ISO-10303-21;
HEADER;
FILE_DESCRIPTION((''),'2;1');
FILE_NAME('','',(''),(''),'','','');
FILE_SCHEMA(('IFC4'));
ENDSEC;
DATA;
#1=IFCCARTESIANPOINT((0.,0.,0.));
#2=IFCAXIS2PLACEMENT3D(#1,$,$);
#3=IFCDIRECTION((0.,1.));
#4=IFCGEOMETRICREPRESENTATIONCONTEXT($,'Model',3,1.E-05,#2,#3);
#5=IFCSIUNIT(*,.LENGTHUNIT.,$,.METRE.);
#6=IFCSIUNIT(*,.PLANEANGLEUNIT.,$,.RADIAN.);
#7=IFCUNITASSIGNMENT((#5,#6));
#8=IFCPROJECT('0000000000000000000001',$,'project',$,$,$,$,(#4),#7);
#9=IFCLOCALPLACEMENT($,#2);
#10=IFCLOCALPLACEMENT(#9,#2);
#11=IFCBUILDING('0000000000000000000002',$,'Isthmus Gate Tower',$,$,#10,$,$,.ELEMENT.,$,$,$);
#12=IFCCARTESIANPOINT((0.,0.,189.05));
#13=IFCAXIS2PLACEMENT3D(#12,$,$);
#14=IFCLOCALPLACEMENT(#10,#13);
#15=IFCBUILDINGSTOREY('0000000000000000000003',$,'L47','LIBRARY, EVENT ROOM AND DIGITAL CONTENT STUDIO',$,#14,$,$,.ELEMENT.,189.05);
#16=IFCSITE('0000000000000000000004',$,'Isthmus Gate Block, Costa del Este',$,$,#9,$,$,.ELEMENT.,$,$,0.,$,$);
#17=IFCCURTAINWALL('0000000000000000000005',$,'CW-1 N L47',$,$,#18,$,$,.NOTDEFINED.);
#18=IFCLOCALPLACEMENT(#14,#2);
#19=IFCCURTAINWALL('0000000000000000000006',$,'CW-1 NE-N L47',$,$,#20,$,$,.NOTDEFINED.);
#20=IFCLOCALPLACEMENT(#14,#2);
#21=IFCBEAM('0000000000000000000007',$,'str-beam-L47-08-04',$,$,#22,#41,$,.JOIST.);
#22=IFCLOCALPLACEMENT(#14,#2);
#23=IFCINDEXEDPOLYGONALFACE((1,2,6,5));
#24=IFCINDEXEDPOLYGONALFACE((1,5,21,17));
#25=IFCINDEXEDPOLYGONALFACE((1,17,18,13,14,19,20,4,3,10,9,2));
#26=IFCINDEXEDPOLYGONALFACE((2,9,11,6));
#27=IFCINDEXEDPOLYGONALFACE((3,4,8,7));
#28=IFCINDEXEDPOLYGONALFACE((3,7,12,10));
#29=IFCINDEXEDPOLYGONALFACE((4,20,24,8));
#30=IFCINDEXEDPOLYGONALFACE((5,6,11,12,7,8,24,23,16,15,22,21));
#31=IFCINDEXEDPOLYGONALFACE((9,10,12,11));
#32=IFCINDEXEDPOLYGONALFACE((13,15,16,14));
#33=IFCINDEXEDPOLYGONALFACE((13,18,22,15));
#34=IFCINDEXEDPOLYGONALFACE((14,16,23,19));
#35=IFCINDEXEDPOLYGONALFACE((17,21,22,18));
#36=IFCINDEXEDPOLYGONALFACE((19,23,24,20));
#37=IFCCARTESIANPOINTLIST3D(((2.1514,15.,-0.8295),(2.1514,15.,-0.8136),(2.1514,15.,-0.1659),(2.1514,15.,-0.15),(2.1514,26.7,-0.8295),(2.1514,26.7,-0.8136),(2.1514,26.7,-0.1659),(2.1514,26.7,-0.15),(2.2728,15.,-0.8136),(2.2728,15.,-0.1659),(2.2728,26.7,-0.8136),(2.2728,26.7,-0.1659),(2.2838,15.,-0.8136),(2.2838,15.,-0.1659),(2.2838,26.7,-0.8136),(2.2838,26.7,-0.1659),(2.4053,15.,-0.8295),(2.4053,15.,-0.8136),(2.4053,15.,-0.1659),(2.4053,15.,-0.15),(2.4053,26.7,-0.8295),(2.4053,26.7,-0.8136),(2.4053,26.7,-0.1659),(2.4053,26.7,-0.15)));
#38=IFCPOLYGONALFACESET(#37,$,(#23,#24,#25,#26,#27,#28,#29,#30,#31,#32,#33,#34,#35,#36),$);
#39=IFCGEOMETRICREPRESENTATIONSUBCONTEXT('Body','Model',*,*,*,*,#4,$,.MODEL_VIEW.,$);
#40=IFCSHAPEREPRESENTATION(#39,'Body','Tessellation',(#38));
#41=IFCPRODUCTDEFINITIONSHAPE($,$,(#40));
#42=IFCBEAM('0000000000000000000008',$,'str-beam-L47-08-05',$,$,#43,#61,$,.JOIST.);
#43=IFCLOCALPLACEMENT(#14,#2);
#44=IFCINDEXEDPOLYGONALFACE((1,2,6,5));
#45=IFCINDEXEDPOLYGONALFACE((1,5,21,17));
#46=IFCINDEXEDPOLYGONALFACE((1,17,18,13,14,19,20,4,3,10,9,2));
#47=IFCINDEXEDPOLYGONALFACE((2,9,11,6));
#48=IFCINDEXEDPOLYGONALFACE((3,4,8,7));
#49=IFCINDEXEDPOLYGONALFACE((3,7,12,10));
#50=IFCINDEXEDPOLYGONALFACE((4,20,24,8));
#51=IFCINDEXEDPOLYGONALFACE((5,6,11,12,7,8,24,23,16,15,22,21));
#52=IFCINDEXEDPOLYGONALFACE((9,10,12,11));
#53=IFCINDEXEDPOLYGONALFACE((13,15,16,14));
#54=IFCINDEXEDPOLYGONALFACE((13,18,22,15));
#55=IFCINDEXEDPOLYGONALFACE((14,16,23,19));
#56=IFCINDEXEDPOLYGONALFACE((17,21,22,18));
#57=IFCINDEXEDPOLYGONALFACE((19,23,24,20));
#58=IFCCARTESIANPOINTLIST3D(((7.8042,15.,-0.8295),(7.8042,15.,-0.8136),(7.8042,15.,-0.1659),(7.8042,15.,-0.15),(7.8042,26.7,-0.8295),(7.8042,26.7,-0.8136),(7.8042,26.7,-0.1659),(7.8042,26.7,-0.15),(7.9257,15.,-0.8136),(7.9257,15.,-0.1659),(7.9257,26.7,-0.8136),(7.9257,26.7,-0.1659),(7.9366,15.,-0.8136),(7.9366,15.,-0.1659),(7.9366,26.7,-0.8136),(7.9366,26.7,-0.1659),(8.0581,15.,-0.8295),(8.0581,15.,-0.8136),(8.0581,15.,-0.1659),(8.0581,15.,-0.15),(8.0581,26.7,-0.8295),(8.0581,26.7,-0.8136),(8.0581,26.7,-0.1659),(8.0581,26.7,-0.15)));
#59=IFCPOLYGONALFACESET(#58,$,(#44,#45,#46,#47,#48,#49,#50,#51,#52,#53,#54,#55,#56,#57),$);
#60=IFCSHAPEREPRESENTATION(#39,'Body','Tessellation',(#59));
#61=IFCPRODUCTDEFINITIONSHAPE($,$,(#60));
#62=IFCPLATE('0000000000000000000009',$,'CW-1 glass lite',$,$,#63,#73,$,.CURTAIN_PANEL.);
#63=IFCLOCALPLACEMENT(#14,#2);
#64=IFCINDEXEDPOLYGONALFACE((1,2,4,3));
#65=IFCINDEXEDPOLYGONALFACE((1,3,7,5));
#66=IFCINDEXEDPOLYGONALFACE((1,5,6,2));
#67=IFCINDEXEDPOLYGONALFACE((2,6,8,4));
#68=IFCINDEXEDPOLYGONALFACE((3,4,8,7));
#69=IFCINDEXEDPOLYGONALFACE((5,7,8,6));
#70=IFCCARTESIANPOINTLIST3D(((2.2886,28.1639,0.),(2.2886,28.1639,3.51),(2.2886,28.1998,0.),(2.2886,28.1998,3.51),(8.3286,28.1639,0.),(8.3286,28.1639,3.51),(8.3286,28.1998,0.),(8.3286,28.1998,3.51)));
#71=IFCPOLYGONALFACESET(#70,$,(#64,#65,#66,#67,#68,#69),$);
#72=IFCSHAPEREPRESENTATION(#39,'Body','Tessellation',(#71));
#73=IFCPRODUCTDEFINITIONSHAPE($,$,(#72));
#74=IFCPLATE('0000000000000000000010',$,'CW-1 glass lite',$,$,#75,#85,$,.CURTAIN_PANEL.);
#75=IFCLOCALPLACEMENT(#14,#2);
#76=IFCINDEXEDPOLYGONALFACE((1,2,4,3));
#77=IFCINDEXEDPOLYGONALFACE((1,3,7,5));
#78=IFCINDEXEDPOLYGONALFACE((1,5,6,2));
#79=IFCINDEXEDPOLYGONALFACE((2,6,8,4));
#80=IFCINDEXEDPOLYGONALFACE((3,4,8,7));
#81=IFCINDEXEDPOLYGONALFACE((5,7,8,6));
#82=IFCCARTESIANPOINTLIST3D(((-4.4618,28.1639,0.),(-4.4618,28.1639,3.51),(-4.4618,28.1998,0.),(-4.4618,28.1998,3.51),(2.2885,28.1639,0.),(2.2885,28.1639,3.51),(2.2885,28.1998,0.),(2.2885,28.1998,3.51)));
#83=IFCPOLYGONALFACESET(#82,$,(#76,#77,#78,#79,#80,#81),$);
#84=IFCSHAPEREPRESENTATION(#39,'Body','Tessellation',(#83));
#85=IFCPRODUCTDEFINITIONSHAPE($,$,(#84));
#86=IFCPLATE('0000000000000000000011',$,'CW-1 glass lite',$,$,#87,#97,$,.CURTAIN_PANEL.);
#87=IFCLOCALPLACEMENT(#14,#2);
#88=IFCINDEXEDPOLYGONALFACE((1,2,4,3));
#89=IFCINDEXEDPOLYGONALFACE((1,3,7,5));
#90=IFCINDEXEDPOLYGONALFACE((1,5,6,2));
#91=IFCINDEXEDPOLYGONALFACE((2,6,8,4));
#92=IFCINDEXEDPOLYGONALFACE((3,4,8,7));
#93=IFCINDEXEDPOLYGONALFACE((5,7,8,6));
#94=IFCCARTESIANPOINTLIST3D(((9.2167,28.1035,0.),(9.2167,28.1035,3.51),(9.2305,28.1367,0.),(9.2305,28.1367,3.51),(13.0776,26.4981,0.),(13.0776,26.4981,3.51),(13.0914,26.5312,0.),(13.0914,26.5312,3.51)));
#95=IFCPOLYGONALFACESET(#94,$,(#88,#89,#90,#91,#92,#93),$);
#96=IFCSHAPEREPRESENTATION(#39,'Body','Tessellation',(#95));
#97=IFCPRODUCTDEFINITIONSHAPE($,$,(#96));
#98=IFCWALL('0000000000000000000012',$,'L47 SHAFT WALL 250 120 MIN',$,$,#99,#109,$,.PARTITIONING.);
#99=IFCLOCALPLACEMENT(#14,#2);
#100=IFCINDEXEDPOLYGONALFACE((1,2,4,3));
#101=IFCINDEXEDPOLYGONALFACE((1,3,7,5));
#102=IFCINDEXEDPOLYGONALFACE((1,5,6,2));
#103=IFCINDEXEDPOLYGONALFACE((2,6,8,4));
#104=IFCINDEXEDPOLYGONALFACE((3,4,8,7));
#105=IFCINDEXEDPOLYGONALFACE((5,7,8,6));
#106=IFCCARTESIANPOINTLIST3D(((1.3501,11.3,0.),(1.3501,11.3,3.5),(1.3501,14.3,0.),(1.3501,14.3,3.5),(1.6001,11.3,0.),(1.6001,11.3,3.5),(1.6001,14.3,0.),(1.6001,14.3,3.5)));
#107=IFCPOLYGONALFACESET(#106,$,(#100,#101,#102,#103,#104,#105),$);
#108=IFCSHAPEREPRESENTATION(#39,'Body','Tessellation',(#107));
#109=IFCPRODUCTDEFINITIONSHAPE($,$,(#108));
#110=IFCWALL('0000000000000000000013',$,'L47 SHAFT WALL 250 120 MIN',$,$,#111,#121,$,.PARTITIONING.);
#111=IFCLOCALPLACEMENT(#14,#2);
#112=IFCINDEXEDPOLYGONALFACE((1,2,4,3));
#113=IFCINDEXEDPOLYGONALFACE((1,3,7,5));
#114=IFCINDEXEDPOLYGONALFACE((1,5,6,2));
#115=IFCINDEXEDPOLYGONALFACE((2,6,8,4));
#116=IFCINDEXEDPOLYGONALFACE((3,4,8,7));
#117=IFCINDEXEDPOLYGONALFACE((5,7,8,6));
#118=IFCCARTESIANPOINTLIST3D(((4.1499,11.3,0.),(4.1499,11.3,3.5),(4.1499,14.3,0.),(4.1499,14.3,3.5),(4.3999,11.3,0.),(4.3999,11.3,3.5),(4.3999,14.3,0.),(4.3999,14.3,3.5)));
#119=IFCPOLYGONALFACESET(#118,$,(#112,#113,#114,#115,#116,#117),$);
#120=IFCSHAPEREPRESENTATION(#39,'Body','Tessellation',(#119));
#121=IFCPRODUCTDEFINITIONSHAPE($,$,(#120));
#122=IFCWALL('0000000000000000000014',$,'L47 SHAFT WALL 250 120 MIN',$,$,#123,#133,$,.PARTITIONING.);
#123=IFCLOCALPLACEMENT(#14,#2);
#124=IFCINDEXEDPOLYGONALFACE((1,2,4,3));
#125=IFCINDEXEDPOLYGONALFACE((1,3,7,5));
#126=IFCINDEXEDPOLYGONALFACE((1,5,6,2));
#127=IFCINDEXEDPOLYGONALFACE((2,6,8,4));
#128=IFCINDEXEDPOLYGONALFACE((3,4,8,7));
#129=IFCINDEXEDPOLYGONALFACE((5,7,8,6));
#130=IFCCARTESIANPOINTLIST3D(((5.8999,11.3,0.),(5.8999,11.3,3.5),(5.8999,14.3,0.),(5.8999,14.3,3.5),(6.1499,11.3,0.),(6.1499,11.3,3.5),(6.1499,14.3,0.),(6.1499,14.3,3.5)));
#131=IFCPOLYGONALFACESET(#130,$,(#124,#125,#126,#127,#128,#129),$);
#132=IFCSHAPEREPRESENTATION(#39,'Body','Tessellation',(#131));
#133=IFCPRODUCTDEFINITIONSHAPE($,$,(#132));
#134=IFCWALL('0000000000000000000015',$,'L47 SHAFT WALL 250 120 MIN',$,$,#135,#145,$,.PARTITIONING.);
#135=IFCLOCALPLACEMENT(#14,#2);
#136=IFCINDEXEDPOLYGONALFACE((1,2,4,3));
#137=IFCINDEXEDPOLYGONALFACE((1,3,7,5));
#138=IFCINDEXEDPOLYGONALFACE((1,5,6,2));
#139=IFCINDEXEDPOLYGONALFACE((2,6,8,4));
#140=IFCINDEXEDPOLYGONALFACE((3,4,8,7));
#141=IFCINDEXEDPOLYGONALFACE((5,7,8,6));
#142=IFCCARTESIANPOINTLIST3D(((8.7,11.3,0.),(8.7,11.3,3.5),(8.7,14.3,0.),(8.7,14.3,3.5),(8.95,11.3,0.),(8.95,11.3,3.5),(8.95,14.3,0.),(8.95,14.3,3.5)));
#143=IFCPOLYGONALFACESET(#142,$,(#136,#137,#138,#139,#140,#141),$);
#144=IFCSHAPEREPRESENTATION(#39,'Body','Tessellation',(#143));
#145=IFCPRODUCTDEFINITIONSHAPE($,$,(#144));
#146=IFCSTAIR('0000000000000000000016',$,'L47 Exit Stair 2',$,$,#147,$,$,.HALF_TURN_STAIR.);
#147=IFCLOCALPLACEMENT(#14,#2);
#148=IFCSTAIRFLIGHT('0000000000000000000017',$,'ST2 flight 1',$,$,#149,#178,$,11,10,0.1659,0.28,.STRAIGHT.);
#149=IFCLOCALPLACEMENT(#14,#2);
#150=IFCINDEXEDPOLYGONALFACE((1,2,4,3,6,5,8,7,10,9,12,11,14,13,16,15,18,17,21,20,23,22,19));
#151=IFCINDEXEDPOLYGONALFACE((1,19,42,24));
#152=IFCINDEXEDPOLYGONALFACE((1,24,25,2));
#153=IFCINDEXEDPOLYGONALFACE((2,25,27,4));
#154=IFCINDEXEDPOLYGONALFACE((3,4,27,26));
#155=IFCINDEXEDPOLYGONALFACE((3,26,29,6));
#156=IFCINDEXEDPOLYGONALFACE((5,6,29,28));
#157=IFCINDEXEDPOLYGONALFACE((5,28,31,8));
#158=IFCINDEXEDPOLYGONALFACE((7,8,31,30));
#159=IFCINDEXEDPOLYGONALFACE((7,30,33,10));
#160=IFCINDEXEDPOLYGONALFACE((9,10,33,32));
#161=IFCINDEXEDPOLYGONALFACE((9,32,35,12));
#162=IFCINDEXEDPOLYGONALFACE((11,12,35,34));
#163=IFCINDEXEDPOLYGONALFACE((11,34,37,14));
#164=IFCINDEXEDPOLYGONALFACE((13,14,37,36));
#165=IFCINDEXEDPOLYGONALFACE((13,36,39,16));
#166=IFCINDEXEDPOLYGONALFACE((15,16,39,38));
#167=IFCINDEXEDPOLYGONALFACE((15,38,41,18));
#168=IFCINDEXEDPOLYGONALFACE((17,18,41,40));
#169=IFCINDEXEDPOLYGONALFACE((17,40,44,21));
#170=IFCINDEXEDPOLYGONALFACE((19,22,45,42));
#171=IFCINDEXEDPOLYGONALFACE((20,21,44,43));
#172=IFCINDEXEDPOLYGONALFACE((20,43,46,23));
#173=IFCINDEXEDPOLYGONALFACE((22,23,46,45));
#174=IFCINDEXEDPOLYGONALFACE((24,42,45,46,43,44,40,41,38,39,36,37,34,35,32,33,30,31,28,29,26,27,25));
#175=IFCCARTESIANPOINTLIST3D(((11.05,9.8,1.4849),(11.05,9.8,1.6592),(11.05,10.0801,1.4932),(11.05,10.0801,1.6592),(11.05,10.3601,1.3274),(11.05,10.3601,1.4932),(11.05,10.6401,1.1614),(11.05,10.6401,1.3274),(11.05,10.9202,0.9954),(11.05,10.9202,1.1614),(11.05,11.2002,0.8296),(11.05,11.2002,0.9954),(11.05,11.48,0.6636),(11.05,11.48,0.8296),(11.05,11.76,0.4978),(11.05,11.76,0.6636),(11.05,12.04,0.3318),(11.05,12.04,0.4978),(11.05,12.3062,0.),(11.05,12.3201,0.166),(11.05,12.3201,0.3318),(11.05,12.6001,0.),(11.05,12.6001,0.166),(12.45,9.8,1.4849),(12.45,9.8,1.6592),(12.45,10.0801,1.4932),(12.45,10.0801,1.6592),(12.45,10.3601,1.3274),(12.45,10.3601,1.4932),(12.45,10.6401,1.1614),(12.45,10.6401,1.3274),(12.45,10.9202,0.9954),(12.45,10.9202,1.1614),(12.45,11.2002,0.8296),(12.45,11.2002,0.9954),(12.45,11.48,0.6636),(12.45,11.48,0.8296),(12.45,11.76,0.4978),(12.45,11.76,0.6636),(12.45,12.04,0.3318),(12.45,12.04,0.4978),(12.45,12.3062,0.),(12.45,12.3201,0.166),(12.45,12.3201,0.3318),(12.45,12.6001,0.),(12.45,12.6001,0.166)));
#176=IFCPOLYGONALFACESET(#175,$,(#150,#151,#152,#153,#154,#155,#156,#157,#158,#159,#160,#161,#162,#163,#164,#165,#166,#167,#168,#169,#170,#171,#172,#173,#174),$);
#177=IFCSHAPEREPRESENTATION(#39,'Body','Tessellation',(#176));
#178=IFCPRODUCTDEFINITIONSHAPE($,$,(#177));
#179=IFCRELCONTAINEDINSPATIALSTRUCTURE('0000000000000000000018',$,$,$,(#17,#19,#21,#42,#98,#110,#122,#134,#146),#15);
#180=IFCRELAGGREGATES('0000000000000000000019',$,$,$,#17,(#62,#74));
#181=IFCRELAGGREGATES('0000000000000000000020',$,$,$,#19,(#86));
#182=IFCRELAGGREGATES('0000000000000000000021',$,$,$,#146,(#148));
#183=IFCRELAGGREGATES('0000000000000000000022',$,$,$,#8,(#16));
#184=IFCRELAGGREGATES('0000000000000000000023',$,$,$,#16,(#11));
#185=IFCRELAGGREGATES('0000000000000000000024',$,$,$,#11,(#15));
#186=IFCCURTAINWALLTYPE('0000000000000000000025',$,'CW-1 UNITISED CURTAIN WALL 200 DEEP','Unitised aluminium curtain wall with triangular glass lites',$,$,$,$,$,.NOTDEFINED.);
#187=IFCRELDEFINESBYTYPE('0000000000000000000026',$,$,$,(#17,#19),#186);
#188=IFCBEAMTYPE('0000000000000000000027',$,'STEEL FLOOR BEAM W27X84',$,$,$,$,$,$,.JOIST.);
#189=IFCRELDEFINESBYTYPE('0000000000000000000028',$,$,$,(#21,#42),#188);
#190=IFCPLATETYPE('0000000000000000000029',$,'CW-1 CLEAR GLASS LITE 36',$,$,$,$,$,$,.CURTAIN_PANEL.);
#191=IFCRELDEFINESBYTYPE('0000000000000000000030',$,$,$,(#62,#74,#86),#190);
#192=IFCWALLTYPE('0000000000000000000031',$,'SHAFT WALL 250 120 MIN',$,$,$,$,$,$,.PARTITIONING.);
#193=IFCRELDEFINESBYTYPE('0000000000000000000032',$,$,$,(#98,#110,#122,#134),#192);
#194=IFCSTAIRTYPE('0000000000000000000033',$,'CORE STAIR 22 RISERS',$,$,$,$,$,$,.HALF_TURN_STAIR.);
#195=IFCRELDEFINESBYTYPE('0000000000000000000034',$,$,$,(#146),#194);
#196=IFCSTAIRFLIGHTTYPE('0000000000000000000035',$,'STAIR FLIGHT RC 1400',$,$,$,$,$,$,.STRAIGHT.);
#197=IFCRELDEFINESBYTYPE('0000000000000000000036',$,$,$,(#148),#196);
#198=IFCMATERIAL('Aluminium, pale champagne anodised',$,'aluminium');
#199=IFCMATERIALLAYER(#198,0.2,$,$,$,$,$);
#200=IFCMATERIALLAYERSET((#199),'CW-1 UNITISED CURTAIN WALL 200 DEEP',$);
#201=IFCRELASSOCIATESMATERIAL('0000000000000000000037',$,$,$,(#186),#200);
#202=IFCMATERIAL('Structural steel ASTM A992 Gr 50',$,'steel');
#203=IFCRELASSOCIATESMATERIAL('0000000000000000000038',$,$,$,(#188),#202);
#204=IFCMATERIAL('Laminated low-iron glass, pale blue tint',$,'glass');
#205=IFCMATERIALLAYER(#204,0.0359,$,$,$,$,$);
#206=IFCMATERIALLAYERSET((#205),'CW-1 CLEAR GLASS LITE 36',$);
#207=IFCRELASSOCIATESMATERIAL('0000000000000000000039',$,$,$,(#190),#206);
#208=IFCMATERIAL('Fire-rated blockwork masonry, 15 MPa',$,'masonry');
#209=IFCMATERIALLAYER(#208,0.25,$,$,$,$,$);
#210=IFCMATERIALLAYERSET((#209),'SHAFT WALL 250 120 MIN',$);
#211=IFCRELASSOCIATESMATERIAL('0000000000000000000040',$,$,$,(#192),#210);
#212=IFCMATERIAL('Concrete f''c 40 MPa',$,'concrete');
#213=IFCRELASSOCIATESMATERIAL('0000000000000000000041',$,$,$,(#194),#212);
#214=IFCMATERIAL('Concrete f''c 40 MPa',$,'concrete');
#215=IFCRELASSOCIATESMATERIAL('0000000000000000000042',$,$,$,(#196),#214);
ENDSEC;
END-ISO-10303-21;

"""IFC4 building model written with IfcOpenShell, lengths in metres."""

from ifc_helpers import new_model, si_unit, direction, frame, frame_2d, origin, origin_2d, place, context, subcontext, project, spatial, polyline, rectangle, i_section, outline, extrude, material, layer, layer_set, material_profile, profile_set, type_object, element, aggregate, save


model = new_model("IFC4")

# Units and contexts
model_context = context("Model", 3, precision=1e-05, world=origin(), true_north=direction((0.0, 1.0)))
body_context = subcontext(model_context, "Body", "Model", "MODEL_VIEW")
ifc_project = project(units=[si_unit("LENGTHUNIT", "METRE"), si_unit("PLANEANGLEUNIT", "RADIAN")], contexts=[model_context])

# Site, building, storey
site_placement = place(None, origin())
site = spatial("IfcSite", under=ifc_project, at=site_placement, Name="Isthmus Gate Block, Costa del Este", CompositionType="ELEMENT", RefElevation=0.0)
building_placement = place(site_placement, origin())
building = spatial("IfcBuilding", under=site, at=building_placement, Name="Isthmus Gate Tower", CompositionType="ELEMENT")
storey_placement = place(building_placement, frame((0.0, 0.0, 189.05)))
storey = spatial("IfcBuildingStorey", under=building, at=storey_placement, Name="L47", Description="LIBRARY, EVENT ROOM AND DIGITAL CONTENT STUDIO", CompositionType="ELEMENT", Elevation=189.05)

# Curtain walls
ifc_material_1 = material(Name="Aluminium, pale champagne anodised", Category="aluminium")
ifc_layer_1 = layer(ifc_material_1, 0.2)
ifc_layer_set_1 = layer_set([ifc_layer_1], Name="CW-1 UNITISED CURTAIN WALL 200 DEEP")
curtain_wall_type = type_object("IfcCurtainWallType", Name="CW-1 UNITISED CURTAIN WALL 200 DEEP", Description="Unitised aluminium curtain wall with triangular glass lites", PredefinedType="NOTDEFINED", material=ifc_layer_set_1)
curtain_wall_1_placement = place(storey_placement, origin())
curtain_wall_1 = element("IfcCurtainWall", 1, at=curtain_wall_1_placement, inside=storey, type_object=curtain_wall_type, Name="CW-1 N L47", PredefinedType="NOTDEFINED")
curtain_wall_2_placement = place(storey_placement, origin())
curtain_wall_2 = element("IfcCurtainWall", 2, at=curtain_wall_2_placement, inside=storey, type_object=curtain_wall_type, Name="CW-1 NE-N L47", PredefinedType="NOTDEFINED")

# Beams
ifc_material_2 = material(Name="Structural steel ASTM A992 Gr 50", Category="steel")
ifc_material_profile_1 = material_profile(ifc_material_2, i_section(OverallWidth=0.2539, OverallDepth=0.6794, WebThickness=0.011, FlangeThickness=0.0159, at=origin_2d()), Name="W27X84")
ifc_profile_set_1 = profile_set([ifc_material_profile_1], Name="Structural steel ASTM A992 Gr 50")
beam_type_1 = type_object("IfcBeamType", Name="STEEL FLOOR BEAM W27X84", PredefinedType="JOIST", material=ifc_profile_set_1)
for number, where, z_axis, x_axis, name in (
    (3, (2.2783, 15.0, -0.4897), (0.0, 1.0, 0.0), (-1.0, 0.0, 0.0), "str-beam-L47-08-04"),
    (4, (7.9312, 15.0, -0.4897), (0.0, 1.0, 0.0), (-1.0, 0.0, 0.0), "str-beam-L47-08-05"),
):
    element("IfcBeam", number, at=place(storey_placement, frame(where, z_axis=z_axis, x_axis=x_axis)), inside=storey, type_object=beam_type_1, Name=name, PredefinedType="JOIST", context=body_context, shape_type="SweptSolid", body=[
        extrude(i_section(OverallWidth=0.2539, OverallDepth=0.6794, WebThickness=0.011, FlangeThickness=0.0159, at=origin_2d()), origin(), (0.0, 0.0, 1.0), 11.7),
    ])

# Plates
ifc_material_3 = material(Name="Laminated low-iron glass, pale blue tint", Category="glass")
ifc_layer_2 = layer(ifc_material_3, 0.0359)
ifc_layer_set_2 = layer_set([ifc_layer_2], Name="CW-1 CLEAR GLASS LITE 36")
plate_type = type_object("IfcPlateType", Name="CW-1 CLEAR GLASS LITE 36", PredefinedType="CURTAIN_PANEL", material=ifc_layer_set_2)
plate_1_placement = place(storey_placement, frame((5.3086, 28.1819, 0.0), z_axis=(0.0, 0.0, 1.0), x_axis=(-1.0, 0.0, 0.0)))
plate_1 = element("IfcPlate", 5, at=plate_1_placement, type_object=plate_type, Name="CW-1 glass lite", PredefinedType="CURTAIN_PANEL", context=body_context, shape_type="SweptSolid", body=[
    extrude(rectangle(XDim=6.04, YDim=0.0359, at=origin_2d()), origin(), (0.0, 0.0, 1.0), 3.51),
])
plate_2_placement = place(storey_placement, frame((-1.0867, 28.1819, 0.0), z_axis=(0.0, 0.0, 1.0), x_axis=(-1.0, 0.0, 0.0)))
plate_2 = element("IfcPlate", 6, at=plate_2_placement, type_object=plate_type, Name="CW-1 glass lite", PredefinedType="CURTAIN_PANEL", context=body_context, shape_type="SweptSolid", body=[
    extrude(rectangle(XDim=6.7502, YDim=0.0359, at=origin_2d()), origin(), (0.0, 0.0, 1.0), 3.51),
])
aggregate(curtain_wall_1, [plate_1, plate_2])
plate_3_placement = place(storey_placement, frame((11.1541, 27.3174, 0.0), z_axis=(0.0, 0.0, 1.0), x_axis=(-0.923353, 0.383952, 0.0)))
plate_3 = element("IfcPlate", 7, at=plate_3_placement, type_object=plate_type, Name="CW-1 glass lite", PredefinedType="CURTAIN_PANEL", context=body_context, shape_type="SweptSolid", body=[
    extrude(rectangle(XDim=4.1814, YDim=0.0359, at=origin_2d()), origin(), (0.0, 0.0, 1.0), 3.51),
])
aggregate(curtain_wall_2, [plate_3])

# Walls
ifc_material_4 = material(Name="Fire-rated blockwork masonry, 15 MPa", Category="masonry")
ifc_layer_3 = layer(ifc_material_4, 0.25)
ifc_layer_set_3 = layer_set([ifc_layer_3], Name="SHAFT WALL 250 120 MIN")
wall_type = type_object("IfcWallType", Name="SHAFT WALL 250 120 MIN", PredefinedType="PARTITIONING", material=ifc_layer_set_3)
for number, where, z_axis, x_axis, name in (
    (8, (1.4751, 11.3, 0.0), (0.0, 0.0, 1.0), (0.0, 1.0, 0.0), "L47 SHAFT WALL 250 120 MIN"),
    (9, (4.2749, 11.3, 0.0), (0.0, 0.0, 1.0), (0.0, 1.0, 0.0), "L47 SHAFT WALL 250 120 MIN"),
    (10, (6.0249, 11.3, 0.0), (0.0, 0.0, 1.0), (0.0, 1.0, 0.0), "L47 SHAFT WALL 250 120 MIN"),
    (11, (8.825, 11.3, 0.0), (0.0, 0.0, 1.0), (0.0, 1.0, 0.0), "L47 SHAFT WALL 250 120 MIN"),
):
    element("IfcWall", number, at=place(storey_placement, frame(where, z_axis=z_axis, x_axis=x_axis)), inside=storey, type_object=wall_type, Name=name, PredefinedType="PARTITIONING", context=body_context, shape_type="SweptSolid", body=[
        extrude(rectangle(XDim=3.0, YDim=0.25, at=frame_2d((1.5, 0.0))), origin(), (0.0, 0.0, 1.0), 3.5),
    ])

# Stair, stair flight
ifc_material_5 = material(Name="Concrete f'c 40 MPa", Category="concrete")
stair_type = type_object("IfcStairType", Name="CORE STAIR 22 RISERS", PredefinedType="HALF_TURN_STAIR", material=ifc_material_5)
stair_placement = place(storey_placement, origin())
stair = element("IfcStair", 12, at=stair_placement, inside=storey, type_object=stair_type, Name="L47 Exit Stair 2", PredefinedType="HALF_TURN_STAIR")
ifc_material_6 = material(Name="Concrete f'c 40 MPa", Category="concrete")
stair_flight_type = type_object("IfcStairFlightType", Name="STAIR FLIGHT RC 1400", PredefinedType="STRAIGHT", material=ifc_material_6)
stair_flight_placement = place(storey_placement, frame((11.75, 12.6001, 0.0), z_axis=(0.0, 0.0, 1.0), x_axis=(0.0, -1.0, 0.0)))
stair_flight = element("IfcStairFlight", 13, at=stair_flight_placement, type_object=stair_flight_type, Name="ST2 flight 1", NumberOfRisers=11, NumberOfTreads=10, PredefinedType="STRAIGHT", RiserHeight=0.1659, TreadLength=0.28, context=body_context, shape_type="SweptSolid", body=[
    extrude(outline(polyline([(0.0, 0.0), (0.0, 0.166), (0.28, 0.166), (0.28, 0.3318), (0.5601, 0.3318), (0.5601, 0.4978), (0.8401, 0.4978), (0.8401, 0.6636), (1.1201, 0.6636), (1.1201, 0.8296), (1.3999, 0.8296), (1.3999, 0.9954), (1.6799, 0.9954), (1.6799, 1.1614), (1.96, 1.1614), (1.96, 1.3274), (2.24, 1.3274), (2.24, 1.4932), (2.52, 1.4932), (2.52, 1.6592), (2.8, 1.6592), (2.8, 1.825), (2.8, 1.4849), (0.2939, 0.0), (0.0, 0.0)])), frame((0.0, 0.7, 0.0), z_axis=(0.0, -1.0, 0.0), x_axis=(1.0, 0.0, 0.0)), (0.0, 0.0, 1.0), 1.3999),
])
aggregate(stair, [stair_flight])

save(model, "model.ifc")
